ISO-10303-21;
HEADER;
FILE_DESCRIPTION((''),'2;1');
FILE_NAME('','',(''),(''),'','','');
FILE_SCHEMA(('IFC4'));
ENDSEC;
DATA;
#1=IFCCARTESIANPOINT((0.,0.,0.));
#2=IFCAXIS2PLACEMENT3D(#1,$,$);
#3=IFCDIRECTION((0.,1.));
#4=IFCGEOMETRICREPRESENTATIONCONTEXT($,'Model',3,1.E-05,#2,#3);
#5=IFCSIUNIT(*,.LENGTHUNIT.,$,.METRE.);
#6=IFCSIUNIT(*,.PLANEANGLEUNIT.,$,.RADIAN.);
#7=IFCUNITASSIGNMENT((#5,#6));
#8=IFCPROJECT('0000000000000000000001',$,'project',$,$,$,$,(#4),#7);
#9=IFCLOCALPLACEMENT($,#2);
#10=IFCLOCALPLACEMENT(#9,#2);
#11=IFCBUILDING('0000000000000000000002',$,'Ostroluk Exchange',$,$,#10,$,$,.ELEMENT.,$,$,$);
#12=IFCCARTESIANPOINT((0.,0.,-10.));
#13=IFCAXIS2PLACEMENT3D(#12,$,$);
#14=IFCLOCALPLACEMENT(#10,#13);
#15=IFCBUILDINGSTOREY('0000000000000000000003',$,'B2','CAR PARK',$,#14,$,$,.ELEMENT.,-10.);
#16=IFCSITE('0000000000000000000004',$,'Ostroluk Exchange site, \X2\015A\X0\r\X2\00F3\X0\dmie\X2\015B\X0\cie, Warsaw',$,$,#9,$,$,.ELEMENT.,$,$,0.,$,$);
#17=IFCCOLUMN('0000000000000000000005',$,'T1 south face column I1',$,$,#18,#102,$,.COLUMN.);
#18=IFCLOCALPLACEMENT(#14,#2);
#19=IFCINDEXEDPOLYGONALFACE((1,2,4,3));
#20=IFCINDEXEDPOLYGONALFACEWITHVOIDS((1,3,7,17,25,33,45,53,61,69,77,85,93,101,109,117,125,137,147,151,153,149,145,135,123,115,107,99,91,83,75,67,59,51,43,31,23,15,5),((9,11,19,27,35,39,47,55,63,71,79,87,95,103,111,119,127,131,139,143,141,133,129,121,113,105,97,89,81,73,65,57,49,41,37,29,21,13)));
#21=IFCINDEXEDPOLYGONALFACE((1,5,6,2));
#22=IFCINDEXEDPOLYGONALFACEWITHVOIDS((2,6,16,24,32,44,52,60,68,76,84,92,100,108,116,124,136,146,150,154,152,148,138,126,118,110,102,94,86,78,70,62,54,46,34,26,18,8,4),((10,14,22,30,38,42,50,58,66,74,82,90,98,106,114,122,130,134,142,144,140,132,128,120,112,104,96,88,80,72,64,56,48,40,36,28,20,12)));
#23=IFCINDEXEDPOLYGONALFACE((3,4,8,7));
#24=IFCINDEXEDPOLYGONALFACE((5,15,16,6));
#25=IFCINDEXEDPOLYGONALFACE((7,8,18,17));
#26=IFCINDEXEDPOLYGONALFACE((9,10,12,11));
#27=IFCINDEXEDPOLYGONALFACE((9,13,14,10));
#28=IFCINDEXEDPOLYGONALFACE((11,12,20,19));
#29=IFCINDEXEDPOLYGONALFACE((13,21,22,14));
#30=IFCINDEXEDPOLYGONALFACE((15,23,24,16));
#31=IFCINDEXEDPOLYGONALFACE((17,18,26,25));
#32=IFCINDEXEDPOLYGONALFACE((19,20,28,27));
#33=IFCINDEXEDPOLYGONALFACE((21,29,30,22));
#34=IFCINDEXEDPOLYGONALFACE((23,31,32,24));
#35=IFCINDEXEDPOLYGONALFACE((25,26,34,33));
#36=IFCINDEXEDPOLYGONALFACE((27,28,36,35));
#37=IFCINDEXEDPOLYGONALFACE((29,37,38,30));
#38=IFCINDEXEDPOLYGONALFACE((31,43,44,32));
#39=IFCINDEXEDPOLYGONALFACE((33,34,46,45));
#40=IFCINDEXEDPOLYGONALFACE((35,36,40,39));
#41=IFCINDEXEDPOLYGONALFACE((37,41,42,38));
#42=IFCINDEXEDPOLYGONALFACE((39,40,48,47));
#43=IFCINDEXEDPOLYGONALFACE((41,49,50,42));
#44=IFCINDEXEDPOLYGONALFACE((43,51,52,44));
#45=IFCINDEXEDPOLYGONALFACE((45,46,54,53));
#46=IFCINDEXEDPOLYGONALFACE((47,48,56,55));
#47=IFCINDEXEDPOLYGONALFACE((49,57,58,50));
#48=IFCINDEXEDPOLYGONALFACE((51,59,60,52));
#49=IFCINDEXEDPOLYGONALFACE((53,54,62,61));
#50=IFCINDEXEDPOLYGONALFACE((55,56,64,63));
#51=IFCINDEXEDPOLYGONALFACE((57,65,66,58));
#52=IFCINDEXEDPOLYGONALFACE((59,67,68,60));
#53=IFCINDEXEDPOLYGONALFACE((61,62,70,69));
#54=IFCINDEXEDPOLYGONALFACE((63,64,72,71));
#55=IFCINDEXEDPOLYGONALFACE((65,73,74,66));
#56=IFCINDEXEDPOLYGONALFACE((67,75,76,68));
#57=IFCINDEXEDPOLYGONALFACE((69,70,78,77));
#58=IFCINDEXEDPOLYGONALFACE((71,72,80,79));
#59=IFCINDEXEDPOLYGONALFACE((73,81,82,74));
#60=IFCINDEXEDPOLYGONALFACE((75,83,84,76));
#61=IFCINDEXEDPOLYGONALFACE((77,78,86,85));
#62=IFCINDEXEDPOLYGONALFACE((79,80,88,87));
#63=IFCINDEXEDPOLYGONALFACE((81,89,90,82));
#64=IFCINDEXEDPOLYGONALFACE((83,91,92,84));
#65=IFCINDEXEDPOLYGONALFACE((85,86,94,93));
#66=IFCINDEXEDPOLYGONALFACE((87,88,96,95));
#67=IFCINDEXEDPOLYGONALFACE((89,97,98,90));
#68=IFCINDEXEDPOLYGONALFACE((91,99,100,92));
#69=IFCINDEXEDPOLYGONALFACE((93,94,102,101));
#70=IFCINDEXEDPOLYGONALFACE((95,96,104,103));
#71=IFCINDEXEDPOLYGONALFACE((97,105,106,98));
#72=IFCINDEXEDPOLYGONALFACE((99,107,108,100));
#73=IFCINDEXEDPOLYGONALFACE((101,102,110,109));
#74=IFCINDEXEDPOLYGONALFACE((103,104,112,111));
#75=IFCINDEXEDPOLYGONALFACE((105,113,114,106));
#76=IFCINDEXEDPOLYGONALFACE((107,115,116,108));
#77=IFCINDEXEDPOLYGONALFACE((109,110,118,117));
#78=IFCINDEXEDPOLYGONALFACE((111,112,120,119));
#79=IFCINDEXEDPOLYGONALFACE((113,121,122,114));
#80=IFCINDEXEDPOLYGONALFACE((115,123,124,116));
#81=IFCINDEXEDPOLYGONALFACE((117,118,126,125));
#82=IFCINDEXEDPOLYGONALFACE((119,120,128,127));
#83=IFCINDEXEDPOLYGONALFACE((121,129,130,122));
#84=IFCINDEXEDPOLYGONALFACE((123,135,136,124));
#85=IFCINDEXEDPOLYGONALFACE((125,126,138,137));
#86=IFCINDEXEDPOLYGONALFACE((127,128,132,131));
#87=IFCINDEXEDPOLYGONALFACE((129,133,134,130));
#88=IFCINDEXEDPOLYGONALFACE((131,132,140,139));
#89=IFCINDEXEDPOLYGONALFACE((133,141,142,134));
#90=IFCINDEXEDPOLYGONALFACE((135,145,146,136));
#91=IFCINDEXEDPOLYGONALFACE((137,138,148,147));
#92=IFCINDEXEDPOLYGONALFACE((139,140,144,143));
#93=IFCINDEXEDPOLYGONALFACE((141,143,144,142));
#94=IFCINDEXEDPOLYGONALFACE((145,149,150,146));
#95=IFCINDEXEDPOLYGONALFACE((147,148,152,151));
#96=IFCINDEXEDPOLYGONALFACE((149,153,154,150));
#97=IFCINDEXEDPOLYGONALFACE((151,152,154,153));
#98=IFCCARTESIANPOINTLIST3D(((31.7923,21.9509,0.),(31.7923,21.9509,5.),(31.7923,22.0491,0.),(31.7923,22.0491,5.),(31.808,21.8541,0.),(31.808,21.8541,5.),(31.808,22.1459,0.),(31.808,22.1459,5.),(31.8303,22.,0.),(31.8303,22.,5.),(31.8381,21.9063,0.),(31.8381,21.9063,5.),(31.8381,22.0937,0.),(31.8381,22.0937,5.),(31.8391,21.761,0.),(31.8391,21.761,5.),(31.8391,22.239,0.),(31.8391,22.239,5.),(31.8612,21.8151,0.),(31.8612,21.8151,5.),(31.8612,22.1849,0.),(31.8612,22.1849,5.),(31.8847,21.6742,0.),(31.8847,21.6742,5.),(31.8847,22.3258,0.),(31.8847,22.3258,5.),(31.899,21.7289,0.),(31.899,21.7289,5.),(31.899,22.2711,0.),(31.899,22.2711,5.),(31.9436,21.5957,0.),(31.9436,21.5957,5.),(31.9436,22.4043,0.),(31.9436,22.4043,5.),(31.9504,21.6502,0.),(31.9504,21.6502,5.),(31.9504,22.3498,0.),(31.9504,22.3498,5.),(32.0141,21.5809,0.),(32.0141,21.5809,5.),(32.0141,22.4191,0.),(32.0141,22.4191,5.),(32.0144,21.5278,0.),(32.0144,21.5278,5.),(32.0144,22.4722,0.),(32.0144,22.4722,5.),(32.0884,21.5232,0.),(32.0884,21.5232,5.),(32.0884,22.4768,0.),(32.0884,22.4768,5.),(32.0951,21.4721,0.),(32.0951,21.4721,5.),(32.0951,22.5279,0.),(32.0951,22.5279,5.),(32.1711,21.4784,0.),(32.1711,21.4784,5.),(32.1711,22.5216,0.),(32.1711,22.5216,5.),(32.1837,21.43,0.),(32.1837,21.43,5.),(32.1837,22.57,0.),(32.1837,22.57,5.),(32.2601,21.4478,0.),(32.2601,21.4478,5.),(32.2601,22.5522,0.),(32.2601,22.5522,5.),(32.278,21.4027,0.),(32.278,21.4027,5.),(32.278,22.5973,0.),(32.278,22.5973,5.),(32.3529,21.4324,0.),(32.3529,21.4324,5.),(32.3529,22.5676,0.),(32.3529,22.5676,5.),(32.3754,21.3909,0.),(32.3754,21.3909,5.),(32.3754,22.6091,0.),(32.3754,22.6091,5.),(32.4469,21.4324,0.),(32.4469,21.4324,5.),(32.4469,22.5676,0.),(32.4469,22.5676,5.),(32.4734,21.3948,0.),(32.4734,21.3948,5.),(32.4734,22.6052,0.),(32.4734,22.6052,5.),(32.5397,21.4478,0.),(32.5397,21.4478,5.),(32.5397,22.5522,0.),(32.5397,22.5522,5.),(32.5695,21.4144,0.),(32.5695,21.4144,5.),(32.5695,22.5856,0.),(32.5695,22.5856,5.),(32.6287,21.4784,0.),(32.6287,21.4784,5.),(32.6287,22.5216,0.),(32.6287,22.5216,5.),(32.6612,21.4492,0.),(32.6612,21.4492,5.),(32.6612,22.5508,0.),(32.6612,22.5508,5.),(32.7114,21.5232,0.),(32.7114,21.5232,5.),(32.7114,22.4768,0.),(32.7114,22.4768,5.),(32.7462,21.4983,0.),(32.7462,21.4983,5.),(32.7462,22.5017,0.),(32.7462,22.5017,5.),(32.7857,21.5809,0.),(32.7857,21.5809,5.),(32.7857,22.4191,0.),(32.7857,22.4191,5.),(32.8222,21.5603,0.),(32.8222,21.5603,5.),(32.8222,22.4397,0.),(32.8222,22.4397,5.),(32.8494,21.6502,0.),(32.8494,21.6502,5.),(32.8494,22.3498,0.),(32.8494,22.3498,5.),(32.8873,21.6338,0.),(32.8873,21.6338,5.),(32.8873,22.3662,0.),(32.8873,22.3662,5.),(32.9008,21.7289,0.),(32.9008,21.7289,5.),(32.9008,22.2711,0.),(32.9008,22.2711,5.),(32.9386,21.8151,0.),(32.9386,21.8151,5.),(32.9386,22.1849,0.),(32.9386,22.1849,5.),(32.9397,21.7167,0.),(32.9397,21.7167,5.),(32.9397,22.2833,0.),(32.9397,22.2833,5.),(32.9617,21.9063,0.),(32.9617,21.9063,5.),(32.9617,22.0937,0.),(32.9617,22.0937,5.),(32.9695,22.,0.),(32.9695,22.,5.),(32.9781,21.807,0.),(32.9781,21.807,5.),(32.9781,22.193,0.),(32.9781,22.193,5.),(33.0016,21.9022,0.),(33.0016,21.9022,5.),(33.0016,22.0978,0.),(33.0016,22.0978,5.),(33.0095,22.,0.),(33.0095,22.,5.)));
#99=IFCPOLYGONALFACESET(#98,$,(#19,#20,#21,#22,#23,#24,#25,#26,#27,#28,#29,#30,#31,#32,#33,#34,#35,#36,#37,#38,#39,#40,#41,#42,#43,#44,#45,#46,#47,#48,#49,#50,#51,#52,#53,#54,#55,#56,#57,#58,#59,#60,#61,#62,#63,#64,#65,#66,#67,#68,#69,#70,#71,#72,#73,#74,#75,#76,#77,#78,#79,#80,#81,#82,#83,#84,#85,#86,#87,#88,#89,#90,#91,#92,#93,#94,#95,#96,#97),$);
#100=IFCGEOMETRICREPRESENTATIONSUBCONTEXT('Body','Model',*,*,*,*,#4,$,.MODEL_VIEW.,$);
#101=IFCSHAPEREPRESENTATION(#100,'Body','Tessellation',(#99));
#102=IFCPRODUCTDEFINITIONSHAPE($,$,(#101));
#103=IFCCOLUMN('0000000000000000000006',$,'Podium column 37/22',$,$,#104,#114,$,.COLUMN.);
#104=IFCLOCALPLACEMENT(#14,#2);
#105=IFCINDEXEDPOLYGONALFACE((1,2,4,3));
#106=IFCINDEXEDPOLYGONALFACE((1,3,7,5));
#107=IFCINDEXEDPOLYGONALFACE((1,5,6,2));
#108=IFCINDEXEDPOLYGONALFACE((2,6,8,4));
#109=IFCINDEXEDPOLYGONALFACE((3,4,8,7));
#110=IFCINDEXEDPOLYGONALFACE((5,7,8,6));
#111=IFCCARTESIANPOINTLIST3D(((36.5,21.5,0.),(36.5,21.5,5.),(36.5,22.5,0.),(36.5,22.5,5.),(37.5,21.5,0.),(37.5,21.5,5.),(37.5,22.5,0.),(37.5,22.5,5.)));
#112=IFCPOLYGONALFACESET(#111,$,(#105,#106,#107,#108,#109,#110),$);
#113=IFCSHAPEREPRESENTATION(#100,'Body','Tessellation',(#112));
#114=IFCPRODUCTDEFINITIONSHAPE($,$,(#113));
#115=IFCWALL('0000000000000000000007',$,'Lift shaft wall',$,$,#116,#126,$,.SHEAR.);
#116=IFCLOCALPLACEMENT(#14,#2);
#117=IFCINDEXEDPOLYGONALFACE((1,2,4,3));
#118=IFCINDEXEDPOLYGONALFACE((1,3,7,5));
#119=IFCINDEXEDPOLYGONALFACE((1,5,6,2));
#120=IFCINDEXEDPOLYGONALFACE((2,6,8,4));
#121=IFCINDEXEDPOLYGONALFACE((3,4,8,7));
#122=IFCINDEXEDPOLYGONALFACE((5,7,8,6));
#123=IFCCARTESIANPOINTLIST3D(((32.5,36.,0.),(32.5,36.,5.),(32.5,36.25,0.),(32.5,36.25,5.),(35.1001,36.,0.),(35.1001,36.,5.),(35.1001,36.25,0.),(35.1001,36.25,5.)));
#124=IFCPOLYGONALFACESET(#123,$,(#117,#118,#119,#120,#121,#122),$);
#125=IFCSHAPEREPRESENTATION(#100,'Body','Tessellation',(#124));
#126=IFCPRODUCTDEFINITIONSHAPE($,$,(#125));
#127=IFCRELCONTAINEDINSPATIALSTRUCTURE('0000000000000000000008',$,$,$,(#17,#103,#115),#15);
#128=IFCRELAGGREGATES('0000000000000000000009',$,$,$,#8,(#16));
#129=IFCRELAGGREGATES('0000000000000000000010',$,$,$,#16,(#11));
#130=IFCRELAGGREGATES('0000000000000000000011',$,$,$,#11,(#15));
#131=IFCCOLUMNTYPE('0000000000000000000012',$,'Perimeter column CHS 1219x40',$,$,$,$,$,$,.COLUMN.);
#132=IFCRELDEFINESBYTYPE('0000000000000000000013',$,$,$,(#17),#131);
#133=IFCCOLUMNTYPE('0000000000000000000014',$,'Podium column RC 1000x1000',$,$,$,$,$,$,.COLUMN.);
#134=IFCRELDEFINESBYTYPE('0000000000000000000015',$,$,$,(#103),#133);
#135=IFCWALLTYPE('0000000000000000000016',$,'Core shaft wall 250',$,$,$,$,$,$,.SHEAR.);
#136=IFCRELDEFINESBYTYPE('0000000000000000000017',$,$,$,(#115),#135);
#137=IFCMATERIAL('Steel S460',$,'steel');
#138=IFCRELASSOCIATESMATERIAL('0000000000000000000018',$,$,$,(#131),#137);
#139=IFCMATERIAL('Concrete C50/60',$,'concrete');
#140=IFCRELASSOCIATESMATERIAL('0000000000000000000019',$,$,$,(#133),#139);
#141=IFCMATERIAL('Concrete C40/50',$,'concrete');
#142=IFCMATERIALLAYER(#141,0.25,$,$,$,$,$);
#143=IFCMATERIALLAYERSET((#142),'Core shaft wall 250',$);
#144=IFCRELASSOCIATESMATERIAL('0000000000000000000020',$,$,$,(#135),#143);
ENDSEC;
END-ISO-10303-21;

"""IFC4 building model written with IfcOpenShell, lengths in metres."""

from ifc_helpers import new_model, si_unit, direction, frame, frame_2d, origin, origin_2d, place, context, subcontext, project, spatial, rectangle, hollow_circle, extrude, material, layer, layer_set, material_profile, profile_set, type_object, element, save


model = new_model("IFC4")

# Units and contexts
model_context = context("Model", 3, precision=1e-05, world=origin(), true_north=direction((0.0, 1.0)))
body_context = subcontext(model_context, "Body", "Model", "MODEL_VIEW")
ifc_project = project(units=[si_unit("LENGTHUNIT", "METRE"), si_unit("PLANEANGLEUNIT", "RADIAN")], contexts=[model_context])

# Site, building, storey
site_placement = place(None, origin())
site = spatial("IfcSite", under=ifc_project, at=site_placement, Name="Ostroluk Exchange site, Śródmieście, Warsaw", CompositionType="ELEMENT", RefElevation=0.0)
building_placement = place(site_placement, origin())
building = spatial("IfcBuilding", under=site, at=building_placement, Name="Ostroluk Exchange", CompositionType="ELEMENT")
storey_placement = place(building_placement, frame((0.0, 0.0, -10.0)))
storey = spatial("IfcBuildingStorey", under=building, at=storey_placement, Name="B2", Description="CAR PARK", CompositionType="ELEMENT", Elevation=-10.0)

# Columns
ifc_material_1 = material(Name="Steel S460", Category="steel")
ifc_material_profile_1 = material_profile(ifc_material_1, hollow_circle(Radius=0.6096, WallThickness=0.04, at=origin_2d()), Name="CHS 1219x40")
ifc_profile_set_1 = profile_set([ifc_material_profile_1], Name="Steel S460")
column_type_1 = type_object("IfcColumnType", Name="Perimeter column CHS 1219x40", PredefinedType="COLUMN", material=ifc_profile_set_1)
column_1_placement = place(storey_placement, frame((32.3999, 22.0, 0.0), z_axis=(0.0, 0.0, 1.0), x_axis=(1.0, 0.0, 0.0)))
element("IfcColumn", 1, at=column_1_placement, inside=storey, type_object=column_type_1, Name="T1 south face column I1", PredefinedType="COLUMN", context=body_context, shape_type="SweptSolid", body=[
    extrude(hollow_circle(Radius=0.6096, WallThickness=0.04, at=origin_2d()), origin(), (0.0, 0.0, 1.0), 5.0),
])
ifc_material_2 = material(Name="Concrete C50/60", Category="concrete")
ifc_material_profile_2 = material_profile(ifc_material_2, rectangle(XDim=1.0, YDim=1.0, at=origin_2d()), Name="RC 1000x1000")
ifc_profile_set_2 = profile_set([ifc_material_profile_2], Name="Concrete C50/60")
column_type_2 = type_object("IfcColumnType", Name="Podium column RC 1000x1000", PredefinedType="COLUMN", material=ifc_profile_set_2)
column_2_placement = place(storey_placement, frame((37.0, 22.0, 0.0), z_axis=(0.0, 0.0, 1.0), x_axis=(1.0, 0.0, 0.0)))
element("IfcColumn", 2, at=column_2_placement, inside=storey, type_object=column_type_2, Name="Podium column 37/22", PredefinedType="COLUMN", context=body_context, shape_type="SweptSolid", body=[
    extrude(rectangle(XDim=1.0, YDim=1.0, at=origin_2d()), origin(), (0.0, 0.0, 1.0), 5.0),
])

# Wall
ifc_material_3 = material(Name="Concrete C40/50", Category="concrete")
ifc_layer_1 = layer(ifc_material_3, 0.25)
ifc_layer_set_1 = layer_set([ifc_layer_1], Name="Core shaft wall 250")
wall_type_1 = type_object("IfcWallType", Name="Core shaft wall 250", PredefinedType="SHEAR", material=ifc_layer_set_1)
wall_1_placement = place(storey_placement, frame((32.5, 36.125, 0.0), z_axis=(0.0, 0.0, 1.0), x_axis=(1.0, 0.0, 0.0)))
element("IfcWall", 3, at=wall_1_placement, inside=storey, type_object=wall_type_1, Name="Lift shaft wall", PredefinedType="SHEAR", context=body_context, shape_type="SweptSolid", body=[
    extrude(rectangle(XDim=2.6001, YDim=0.25, at=frame_2d((1.3, 0.0))), origin(), (0.0, 0.0, 1.0), 5.0),
])

save(model, "model.ifc")
